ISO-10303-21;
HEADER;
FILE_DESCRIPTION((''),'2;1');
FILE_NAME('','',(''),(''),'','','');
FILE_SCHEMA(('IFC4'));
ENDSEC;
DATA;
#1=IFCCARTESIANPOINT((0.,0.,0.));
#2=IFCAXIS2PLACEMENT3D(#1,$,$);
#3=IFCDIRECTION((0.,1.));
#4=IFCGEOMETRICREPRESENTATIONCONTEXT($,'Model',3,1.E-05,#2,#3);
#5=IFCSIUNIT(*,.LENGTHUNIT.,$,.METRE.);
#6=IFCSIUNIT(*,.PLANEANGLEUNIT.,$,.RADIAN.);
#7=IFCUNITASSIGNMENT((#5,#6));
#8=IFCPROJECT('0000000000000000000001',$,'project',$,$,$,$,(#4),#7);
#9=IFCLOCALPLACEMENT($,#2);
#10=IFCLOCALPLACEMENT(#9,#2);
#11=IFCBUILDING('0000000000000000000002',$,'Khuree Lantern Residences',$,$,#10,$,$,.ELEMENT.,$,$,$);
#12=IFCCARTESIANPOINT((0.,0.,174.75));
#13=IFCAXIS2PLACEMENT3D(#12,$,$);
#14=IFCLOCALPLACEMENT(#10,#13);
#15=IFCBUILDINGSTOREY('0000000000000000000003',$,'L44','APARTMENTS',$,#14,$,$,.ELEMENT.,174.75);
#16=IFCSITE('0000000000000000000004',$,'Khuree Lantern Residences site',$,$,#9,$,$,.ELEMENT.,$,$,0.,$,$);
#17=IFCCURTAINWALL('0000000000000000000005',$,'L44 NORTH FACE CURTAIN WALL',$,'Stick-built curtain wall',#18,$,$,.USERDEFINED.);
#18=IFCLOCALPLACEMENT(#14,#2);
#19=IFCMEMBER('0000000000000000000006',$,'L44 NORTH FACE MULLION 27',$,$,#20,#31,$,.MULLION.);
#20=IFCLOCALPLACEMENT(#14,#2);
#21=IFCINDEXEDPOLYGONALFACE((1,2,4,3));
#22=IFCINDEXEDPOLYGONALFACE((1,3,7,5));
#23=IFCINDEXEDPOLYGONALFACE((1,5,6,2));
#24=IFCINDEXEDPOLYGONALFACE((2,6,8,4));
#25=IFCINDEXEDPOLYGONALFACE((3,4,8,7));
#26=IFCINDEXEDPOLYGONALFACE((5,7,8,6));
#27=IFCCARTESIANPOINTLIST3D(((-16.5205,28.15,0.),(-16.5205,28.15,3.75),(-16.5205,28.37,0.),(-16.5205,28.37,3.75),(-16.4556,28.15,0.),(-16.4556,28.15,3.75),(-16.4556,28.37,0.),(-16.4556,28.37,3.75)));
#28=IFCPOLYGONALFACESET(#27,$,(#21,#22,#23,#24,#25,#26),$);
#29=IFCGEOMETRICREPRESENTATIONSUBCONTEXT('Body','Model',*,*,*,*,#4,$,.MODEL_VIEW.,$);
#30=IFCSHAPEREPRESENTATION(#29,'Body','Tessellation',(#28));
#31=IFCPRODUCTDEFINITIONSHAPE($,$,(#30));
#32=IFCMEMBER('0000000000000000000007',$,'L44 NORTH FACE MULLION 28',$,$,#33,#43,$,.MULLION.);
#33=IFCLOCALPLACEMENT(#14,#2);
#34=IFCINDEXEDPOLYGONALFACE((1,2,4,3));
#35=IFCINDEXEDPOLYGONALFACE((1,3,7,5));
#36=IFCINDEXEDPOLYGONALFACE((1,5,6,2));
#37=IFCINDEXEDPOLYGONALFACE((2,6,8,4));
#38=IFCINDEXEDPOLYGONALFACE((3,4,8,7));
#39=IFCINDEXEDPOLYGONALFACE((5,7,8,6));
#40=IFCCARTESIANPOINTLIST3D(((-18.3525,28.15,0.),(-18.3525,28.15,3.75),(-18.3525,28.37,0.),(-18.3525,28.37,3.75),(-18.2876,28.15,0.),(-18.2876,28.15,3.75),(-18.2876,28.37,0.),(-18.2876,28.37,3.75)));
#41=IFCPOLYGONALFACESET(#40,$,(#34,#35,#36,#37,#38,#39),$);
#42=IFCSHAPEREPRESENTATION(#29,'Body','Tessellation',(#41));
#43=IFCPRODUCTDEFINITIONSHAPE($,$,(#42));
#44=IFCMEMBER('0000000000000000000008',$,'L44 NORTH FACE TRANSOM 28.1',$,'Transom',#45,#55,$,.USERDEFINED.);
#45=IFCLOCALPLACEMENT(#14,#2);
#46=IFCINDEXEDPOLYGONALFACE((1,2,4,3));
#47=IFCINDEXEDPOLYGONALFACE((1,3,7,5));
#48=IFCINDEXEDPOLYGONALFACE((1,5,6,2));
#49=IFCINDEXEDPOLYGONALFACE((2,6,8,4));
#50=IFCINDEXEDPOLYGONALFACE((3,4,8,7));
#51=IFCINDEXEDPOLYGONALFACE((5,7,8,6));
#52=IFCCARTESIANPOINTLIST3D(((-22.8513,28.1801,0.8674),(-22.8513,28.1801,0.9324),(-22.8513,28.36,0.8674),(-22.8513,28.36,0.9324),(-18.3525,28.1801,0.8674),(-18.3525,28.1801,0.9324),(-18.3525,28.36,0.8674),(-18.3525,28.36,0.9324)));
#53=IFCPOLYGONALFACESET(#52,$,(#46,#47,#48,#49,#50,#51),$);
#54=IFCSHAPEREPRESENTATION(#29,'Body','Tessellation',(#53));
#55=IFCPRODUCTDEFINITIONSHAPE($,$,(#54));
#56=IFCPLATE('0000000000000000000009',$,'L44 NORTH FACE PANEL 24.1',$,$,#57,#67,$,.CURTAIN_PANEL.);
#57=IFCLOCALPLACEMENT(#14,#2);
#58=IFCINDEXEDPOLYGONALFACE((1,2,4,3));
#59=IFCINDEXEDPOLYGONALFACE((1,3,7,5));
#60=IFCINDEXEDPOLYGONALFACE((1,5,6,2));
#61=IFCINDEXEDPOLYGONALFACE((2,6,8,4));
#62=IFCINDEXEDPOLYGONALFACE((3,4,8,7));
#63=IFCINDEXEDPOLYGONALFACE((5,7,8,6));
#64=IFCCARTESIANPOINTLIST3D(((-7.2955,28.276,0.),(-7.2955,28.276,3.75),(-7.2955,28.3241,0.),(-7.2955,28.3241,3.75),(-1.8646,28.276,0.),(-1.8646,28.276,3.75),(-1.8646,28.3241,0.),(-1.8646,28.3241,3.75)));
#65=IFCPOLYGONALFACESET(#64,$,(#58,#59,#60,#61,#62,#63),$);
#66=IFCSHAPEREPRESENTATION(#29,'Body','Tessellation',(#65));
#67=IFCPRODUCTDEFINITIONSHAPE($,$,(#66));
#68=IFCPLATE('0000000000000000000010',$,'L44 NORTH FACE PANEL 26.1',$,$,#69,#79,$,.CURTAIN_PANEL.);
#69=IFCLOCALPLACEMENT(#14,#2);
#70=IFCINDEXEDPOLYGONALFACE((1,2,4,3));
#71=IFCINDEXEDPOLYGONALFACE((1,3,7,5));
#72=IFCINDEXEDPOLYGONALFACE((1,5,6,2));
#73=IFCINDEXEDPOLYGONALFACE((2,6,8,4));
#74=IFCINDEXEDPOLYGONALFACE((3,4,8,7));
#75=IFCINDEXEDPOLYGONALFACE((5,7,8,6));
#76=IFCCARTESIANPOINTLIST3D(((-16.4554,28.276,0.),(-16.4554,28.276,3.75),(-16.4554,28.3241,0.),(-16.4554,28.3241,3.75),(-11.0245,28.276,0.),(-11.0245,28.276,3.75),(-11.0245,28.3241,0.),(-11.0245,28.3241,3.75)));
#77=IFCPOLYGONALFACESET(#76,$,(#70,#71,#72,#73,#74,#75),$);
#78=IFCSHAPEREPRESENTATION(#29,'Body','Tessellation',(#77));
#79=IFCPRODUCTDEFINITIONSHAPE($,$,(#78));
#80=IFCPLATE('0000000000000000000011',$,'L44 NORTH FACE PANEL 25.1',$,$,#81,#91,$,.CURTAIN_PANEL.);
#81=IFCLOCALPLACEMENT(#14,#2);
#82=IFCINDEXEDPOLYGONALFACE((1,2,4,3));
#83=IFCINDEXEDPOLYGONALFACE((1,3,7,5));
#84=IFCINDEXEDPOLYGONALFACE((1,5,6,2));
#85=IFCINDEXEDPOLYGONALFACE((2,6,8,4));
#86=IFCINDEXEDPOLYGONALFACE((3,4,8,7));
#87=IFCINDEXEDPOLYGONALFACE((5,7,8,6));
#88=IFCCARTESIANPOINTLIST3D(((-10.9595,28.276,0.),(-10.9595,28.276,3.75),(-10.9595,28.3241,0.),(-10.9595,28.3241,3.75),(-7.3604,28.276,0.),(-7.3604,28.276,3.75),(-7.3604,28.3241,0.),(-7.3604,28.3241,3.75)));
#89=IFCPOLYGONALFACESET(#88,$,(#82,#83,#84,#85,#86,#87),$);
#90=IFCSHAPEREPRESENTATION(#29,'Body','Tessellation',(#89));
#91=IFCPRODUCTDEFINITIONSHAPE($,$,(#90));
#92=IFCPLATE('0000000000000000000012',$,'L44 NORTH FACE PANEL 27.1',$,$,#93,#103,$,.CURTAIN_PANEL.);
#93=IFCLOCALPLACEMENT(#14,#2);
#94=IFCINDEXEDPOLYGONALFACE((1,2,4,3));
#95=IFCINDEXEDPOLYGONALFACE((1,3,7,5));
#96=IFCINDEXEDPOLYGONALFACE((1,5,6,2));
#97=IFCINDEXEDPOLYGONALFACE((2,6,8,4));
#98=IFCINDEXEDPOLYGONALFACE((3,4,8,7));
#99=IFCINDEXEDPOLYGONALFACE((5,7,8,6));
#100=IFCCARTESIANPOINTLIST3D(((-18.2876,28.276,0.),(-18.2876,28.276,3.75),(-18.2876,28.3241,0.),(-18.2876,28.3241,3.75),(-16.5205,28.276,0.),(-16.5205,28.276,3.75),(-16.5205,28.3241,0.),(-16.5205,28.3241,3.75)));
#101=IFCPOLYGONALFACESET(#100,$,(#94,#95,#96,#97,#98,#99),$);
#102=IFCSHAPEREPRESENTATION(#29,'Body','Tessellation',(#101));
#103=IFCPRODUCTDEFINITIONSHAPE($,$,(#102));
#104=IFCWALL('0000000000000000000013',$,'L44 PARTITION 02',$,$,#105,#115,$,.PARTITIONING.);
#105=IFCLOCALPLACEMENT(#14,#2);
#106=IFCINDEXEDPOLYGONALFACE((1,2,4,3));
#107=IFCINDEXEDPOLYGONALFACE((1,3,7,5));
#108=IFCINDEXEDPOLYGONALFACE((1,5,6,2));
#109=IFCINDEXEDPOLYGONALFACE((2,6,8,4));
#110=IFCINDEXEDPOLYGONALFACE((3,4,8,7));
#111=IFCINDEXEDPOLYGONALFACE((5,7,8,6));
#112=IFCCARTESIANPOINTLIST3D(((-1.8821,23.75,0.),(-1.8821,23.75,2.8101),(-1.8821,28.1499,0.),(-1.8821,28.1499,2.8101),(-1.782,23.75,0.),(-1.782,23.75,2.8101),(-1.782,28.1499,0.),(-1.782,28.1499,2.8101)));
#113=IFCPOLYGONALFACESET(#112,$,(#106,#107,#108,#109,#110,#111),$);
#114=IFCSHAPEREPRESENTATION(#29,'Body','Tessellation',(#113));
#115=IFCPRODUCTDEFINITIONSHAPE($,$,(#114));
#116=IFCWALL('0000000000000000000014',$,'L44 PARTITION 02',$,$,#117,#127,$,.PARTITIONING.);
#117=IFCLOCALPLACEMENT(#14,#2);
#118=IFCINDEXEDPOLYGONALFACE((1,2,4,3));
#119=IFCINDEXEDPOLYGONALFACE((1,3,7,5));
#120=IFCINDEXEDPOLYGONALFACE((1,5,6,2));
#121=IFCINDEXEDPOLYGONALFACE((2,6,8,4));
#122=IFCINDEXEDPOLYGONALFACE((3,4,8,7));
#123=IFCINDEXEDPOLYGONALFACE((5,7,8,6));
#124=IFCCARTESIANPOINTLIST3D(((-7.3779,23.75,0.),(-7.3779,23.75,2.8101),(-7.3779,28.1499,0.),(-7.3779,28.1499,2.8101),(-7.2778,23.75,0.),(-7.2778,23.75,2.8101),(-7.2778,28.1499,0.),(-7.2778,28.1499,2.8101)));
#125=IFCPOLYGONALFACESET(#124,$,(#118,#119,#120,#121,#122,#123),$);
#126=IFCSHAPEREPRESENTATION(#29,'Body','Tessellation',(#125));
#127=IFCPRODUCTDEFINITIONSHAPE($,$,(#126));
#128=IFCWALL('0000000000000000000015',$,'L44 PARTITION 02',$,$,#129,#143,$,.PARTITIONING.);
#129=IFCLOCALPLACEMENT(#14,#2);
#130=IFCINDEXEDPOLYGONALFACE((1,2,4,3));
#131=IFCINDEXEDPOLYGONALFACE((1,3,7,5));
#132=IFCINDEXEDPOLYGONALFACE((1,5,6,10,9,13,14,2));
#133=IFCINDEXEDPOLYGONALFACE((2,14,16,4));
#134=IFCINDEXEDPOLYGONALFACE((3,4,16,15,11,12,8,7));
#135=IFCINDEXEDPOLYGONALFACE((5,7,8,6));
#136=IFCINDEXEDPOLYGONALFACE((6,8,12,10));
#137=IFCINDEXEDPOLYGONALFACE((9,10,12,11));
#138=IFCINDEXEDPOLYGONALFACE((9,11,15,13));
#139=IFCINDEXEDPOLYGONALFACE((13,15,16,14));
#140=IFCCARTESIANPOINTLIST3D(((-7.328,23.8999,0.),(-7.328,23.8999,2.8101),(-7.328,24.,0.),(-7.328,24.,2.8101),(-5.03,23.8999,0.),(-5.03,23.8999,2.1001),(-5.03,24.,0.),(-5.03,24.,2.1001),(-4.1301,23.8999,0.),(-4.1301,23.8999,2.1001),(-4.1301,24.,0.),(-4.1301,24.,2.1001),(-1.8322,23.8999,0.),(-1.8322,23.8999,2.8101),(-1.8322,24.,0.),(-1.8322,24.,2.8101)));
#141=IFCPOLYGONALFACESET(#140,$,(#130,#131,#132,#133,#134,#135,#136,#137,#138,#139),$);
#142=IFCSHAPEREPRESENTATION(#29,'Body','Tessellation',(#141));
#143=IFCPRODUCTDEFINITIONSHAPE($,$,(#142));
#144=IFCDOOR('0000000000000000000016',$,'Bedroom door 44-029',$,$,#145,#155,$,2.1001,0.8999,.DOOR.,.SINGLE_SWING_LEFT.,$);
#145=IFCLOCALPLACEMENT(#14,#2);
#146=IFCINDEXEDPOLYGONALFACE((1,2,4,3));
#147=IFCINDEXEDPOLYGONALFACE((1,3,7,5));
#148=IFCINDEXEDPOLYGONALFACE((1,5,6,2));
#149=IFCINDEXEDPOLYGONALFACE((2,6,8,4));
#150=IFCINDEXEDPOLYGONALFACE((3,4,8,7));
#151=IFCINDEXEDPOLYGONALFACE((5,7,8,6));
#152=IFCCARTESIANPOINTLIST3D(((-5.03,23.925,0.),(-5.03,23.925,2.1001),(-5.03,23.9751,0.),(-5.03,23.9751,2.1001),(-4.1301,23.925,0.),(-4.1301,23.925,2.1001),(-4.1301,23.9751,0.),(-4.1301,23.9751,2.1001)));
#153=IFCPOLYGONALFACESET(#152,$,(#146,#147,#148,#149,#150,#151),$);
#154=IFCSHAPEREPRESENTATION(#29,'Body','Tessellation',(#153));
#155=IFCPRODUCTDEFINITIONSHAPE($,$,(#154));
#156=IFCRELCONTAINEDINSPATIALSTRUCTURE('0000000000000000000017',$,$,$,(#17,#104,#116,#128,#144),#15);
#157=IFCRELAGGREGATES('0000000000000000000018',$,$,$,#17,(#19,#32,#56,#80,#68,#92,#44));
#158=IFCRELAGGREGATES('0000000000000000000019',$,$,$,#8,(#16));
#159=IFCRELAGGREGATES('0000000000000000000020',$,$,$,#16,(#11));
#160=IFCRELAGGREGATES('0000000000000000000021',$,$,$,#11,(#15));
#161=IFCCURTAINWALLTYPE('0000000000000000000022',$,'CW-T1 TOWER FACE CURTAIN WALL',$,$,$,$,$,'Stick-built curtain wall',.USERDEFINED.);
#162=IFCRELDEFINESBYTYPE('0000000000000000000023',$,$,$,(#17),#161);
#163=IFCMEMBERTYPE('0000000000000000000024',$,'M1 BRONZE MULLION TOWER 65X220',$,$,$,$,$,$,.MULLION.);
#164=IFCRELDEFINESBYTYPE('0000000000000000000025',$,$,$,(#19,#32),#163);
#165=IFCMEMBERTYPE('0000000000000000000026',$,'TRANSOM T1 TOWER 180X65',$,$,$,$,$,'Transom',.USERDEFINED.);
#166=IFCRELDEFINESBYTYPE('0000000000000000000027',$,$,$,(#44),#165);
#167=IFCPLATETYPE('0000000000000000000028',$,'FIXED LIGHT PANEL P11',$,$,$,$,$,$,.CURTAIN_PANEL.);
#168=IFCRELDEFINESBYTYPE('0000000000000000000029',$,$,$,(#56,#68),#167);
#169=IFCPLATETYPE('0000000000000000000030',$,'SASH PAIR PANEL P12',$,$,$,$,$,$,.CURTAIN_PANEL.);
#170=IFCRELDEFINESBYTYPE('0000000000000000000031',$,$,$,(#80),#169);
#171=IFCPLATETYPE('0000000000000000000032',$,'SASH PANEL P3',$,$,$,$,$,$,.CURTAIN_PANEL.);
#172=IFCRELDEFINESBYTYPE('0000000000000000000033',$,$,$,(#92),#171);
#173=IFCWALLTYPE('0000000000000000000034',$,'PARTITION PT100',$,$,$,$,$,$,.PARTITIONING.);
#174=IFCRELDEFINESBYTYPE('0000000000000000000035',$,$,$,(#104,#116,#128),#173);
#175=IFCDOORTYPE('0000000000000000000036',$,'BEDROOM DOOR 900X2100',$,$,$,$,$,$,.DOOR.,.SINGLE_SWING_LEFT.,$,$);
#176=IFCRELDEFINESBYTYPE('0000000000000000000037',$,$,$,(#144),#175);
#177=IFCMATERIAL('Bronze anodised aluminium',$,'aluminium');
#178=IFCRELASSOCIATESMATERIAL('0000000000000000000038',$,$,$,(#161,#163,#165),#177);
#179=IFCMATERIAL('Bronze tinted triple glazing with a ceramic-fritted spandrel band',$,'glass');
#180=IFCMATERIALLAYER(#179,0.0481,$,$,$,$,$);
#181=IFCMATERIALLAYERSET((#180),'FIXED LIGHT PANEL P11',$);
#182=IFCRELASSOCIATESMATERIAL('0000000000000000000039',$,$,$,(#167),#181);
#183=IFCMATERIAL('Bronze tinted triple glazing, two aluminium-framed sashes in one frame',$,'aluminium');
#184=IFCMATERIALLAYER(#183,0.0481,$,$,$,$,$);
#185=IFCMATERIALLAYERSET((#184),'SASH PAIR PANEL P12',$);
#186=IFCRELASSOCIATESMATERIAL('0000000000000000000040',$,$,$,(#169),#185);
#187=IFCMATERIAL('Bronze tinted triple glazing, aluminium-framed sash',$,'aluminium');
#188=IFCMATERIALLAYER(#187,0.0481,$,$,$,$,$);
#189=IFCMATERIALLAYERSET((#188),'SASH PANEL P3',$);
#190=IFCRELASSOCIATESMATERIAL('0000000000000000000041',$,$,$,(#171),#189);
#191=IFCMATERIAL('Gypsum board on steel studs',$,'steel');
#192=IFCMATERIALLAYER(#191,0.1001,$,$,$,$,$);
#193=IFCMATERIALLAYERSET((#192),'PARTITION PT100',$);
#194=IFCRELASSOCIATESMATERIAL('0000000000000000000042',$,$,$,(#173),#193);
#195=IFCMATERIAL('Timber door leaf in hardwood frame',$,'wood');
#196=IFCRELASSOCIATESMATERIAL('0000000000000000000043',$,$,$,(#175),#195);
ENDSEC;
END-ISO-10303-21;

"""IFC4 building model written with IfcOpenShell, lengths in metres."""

from ifc_helpers import new_model, si_unit, direction, frame, frame_2d, origin, origin_2d, place, context, subcontext, project, spatial, rectangle, extrude, material, layer, layer_set, material_profile, profile_set, type_object, element, fill, aggregate, save


model = new_model("IFC4")

# Units and contexts
model_context = context("Model", 3, precision=1e-05, world=origin(), true_north=direction((0.0, 1.0)))
body_context = subcontext(model_context, "Body", "Model", "MODEL_VIEW")
ifc_project = project(units=[si_unit("LENGTHUNIT", "METRE"), si_unit("PLANEANGLEUNIT", "RADIAN")], contexts=[model_context])

# Site, building, storey
site_placement = place(None, origin())
site = spatial("IfcSite", under=ifc_project, at=site_placement, Name="Khuree Lantern Residences site", CompositionType="ELEMENT", RefElevation=0.0)
building_placement = place(site_placement, origin())
building = spatial("IfcBuilding", under=site, at=building_placement, Name="Khuree Lantern Residences", CompositionType="ELEMENT")
storey_placement = place(building_placement, frame((0.0, 0.0, 174.75)))
storey = spatial("IfcBuildingStorey", under=building, at=storey_placement, Name="L44", Description="APARTMENTS", CompositionType="ELEMENT", Elevation=174.75)

# Curtain wall
ifc_material_1 = material(Name="Bronze anodised aluminium", Category="aluminium")
curtain_wall_type = type_object("IfcCurtainWallType", Name="CW-T1 TOWER FACE CURTAIN WALL", ElementType="Stick-built curtain wall", PredefinedType="USERDEFINED", material=ifc_material_1)
curtain_wall_placement = place(storey_placement, origin())
curtain_wall = element("IfcCurtainWall", 1, at=curtain_wall_placement, inside=storey, type_object=curtain_wall_type, Name="L44 NORTH FACE CURTAIN WALL", ObjectType="Stick-built curtain wall", PredefinedType="USERDEFINED")

# Members
ifc_material_profile_1 = material_profile(ifc_material_1, rectangle(XDim=0.0649, YDim=0.22, at=origin_2d()), Name="M1 65X220")
ifc_profile_set_1 = profile_set([ifc_material_profile_1], Name="Bronze anodised aluminium")
member_type_1 = type_object("IfcMemberType", Name="M1 BRONZE MULLION TOWER 65X220", PredefinedType="MULLION", material=ifc_profile_set_1)
member_1_placement = place(storey_placement, frame((-16.488, 28.26, 0.0), z_axis=(0.0, 0.0, 1.0), x_axis=(-1.0, 0.0, 0.0)))
member_1 = element("IfcMember", 2, at=member_1_placement, type_object=member_type_1, Name="L44 NORTH FACE MULLION 27", PredefinedType="MULLION", context=body_context, shape_type="SweptSolid", body=[
    extrude(rectangle(XDim=0.0649, YDim=0.22, at=origin_2d()), origin(), (0.0, 0.0, 1.0), 3.75),
])
member_2_placement = place(storey_placement, frame((-18.3201, 28.26, 0.0), z_axis=(0.0, 0.0, 1.0), x_axis=(-1.0, 0.0, 0.0)))
member_2 = element("IfcMember", 3, at=member_2_placement, type_object=member_type_1, Name="L44 NORTH FACE MULLION 28", PredefinedType="MULLION", context=body_context, shape_type="SweptSolid", body=[
    extrude(rectangle(XDim=0.0649, YDim=0.22, at=origin_2d()), origin(), (0.0, 0.0, 1.0), 3.75),
])
ifc_material_profile_2 = material_profile(ifc_material_1, rectangle(XDim=0.1799, YDim=0.0649, at=origin_2d()), Name="T1 180X65")
ifc_profile_set_2 = profile_set([ifc_material_profile_2], Name="Bronze anodised aluminium")
member_type_2 = type_object("IfcMemberType", Name="TRANSOM T1 TOWER 180X65", ElementType="Transom", PredefinedType="USERDEFINED", material=ifc_profile_set_2)
member_3_placement = place(storey_placement, frame((-18.3525, 28.27, 0.8999), z_axis=(-1.0, 0.0, 0.0), x_axis=(0.0, -1.0, 0.0)))
member_3 = element("IfcMember", 4, at=member_3_placement, type_object=member_type_2, Name="L44 NORTH FACE TRANSOM 28.1", ObjectType="Transom", PredefinedType="USERDEFINED", context=body_context, shape_type="SweptSolid", body=[
    extrude(rectangle(XDim=0.1799, YDim=0.0649, at=origin_2d()), origin(), (0.0, 0.0, 1.0), 4.4988),
])

# Plates
ifc_material_2 = material(Name="Bronze tinted triple glazing with a ceramic-fritted spandrel band", Category="glass")
ifc_layer_1 = layer(ifc_material_2, 0.0481)
ifc_layer_set_1 = layer_set([ifc_layer_1], Name="FIXED LIGHT PANEL P11")
plate_type_1 = type_object("IfcPlateType", Name="FIXED LIGHT PANEL P11", PredefinedType="CURTAIN_PANEL", material=ifc_layer_set_1)
plate_1_placement = place(storey_placement, frame((-4.5801, 28.3, 0.0), z_axis=(0.0, 0.0, 1.0), x_axis=(-1.0, 0.0, 0.0)))
plate_1 = element("IfcPlate", 5, at=plate_1_placement, type_object=plate_type_1, Name="L44 NORTH FACE PANEL 24.1", PredefinedType="CURTAIN_PANEL", context=body_context, shape_type="SweptSolid", body=[
    extrude(rectangle(XDim=5.4309, YDim=0.0481, at=origin_2d()), origin(), (0.0, 0.0, 1.0), 3.75),
])
plate_2_placement = place(storey_placement, frame((-13.74, 28.3, 0.0), z_axis=(0.0, 0.0, 1.0), x_axis=(-1.0, 0.0, 0.0)))
plate_2 = element("IfcPlate", 6, at=plate_2_placement, type_object=plate_type_1, Name="L44 NORTH FACE PANEL 26.1", PredefinedType="CURTAIN_PANEL", context=body_context, shape_type="SweptSolid", body=[
    extrude(rectangle(XDim=5.4309, YDim=0.0481, at=origin_2d()), origin(), (0.0, 0.0, 1.0), 3.75),
])
ifc_material_3 = material(Name="Bronze tinted triple glazing, two aluminium-framed sashes in one frame", Category="aluminium")
ifc_layer_2 = layer(ifc_material_3, 0.0481)
ifc_layer_set_2 = layer_set([ifc_layer_2], Name="SASH PAIR PANEL P12")
plate_type_2 = type_object("IfcPlateType", Name="SASH PAIR PANEL P12", PredefinedType="CURTAIN_PANEL", material=ifc_layer_set_2)
plate_3_placement = place(storey_placement, frame((-9.1599, 28.3, 0.0), z_axis=(0.0, 0.0, 1.0), x_axis=(-1.0, 0.0, 0.0)))
plate_3 = element("IfcPlate", 7, at=plate_3_placement, type_object=plate_type_2, Name="L44 NORTH FACE PANEL 25.1", PredefinedType="CURTAIN_PANEL", context=body_context, shape_type="SweptSolid", body=[
    extrude(rectangle(XDim=3.5991, YDim=0.0481, at=origin_2d()), origin(), (0.0, 0.0, 1.0), 3.75),
])
ifc_material_4 = material(Name="Bronze tinted triple glazing, aluminium-framed sash", Category="aluminium")
ifc_layer_3 = layer(ifc_material_4, 0.0481)
ifc_layer_set_3 = layer_set([ifc_layer_3], Name="SASH PANEL P3")
plate_type_3 = type_object("IfcPlateType", Name="SASH PANEL P3", PredefinedType="CURTAIN_PANEL", material=ifc_layer_set_3)
plate_4_placement = place(storey_placement, frame((-17.4041, 28.3, 0.0), z_axis=(0.0, 0.0, 1.0), x_axis=(-1.0, 0.0, 0.0)))
plate_4 = element("IfcPlate", 8, at=plate_4_placement, type_object=plate_type_3, Name="L44 NORTH FACE PANEL 27.1", PredefinedType="CURTAIN_PANEL", context=body_context, shape_type="SweptSolid", body=[
    extrude(rectangle(XDim=1.7671, YDim=0.0481, at=origin_2d()), origin(), (0.0, 0.0, 1.0), 3.75),
])
aggregate(curtain_wall, [member_1, member_2, plate_1, plate_3, plate_2, plate_4, member_3])

# Walls
ifc_material_5 = material(Name="Gypsum board on steel studs", Category="steel")
ifc_layer_4 = layer(ifc_material_5, 0.1001)
ifc_layer_set_4 = layer_set([ifc_layer_4], Name="PARTITION PT100")
wall_type = type_object("IfcWallType", Name="PARTITION PT100", PredefinedType="PARTITIONING", material=ifc_layer_set_4)
for number, where, z_axis, x_axis, name in (
    (9, (-1.832, 23.75, 0.0), (0.0, 0.0, 1.0), (0.0, 1.0, 0.0), "L44 PARTITION 02"),
    (10, (-7.3279, 23.75, 0.0), (0.0, 0.0, 1.0), (0.0, 1.0, 0.0), "L44 PARTITION 02"),
):
    element("IfcWall", number, at=place(storey_placement, frame(where, z_axis=z_axis, x_axis=x_axis)), inside=storey, type_object=wall_type, Name=name, PredefinedType="PARTITIONING", context=body_context, shape_type="SweptSolid", body=[
        extrude(rectangle(XDim=4.3999, YDim=0.1001, at=frame_2d((2.2, 0.0))), origin(), (0.0, 0.0, 1.0), 2.8101),
    ])

# Wall, opening, door
wall_1_placement = place(storey_placement, frame((-1.832, 23.95, 0.0), z_axis=(0.0, 0.0, 1.0), x_axis=(-1.0, 0.0, 0.0)))
wall_1 = element("IfcWall", 11, at=wall_1_placement, inside=storey, type_object=wall_type, Name="L44 PARTITION 02", PredefinedType="PARTITIONING", context=body_context, shape_type="SweptSolid", body=[
    extrude(rectangle(XDim=5.4958, YDim=0.1001, at=frame_2d((2.748, 0.0))), origin(), (0.0, 0.0, 1.0), 2.8101),
])
opening_1_placement = place(wall_1_placement, frame((2.2981, 0.0, 0.0)))
opening_1 = element("IfcOpeningElement", 12, at=opening_1_placement, cuts=wall_1, PredefinedType="OPENING", context=body_context, shape_type="SweptSolid", body=[
    extrude(rectangle(XDim=0.8999, YDim=2.1001, at=frame_2d((0.45, 1.05))), frame((0.0, 0.0601, 0.0), z_axis=(0.0, -1.0, 0.0), x_axis=(1.0, 0.0, 0.0)), (0.0, 0.0, 1.0), 0.1201),
])
ifc_material_6 = material(Name="Timber door leaf in hardwood frame", Category="wood")
door_type = type_object("IfcDoorType", Name="BEDROOM DOOR 900X2100", OperationType="SINGLE_SWING_LEFT", PredefinedType="DOOR", material=ifc_material_6)
door_1_placement = place(opening_1_placement, origin())
door_1 = element("IfcDoor", 13, at=door_1_placement, inside=storey, type_object=door_type, Name="Bedroom door 44-029", OperationType="SINGLE_SWING_LEFT", OverallHeight=2.1001, OverallWidth=0.8999, PredefinedType="DOOR", context=body_context, shape_type="SweptSolid", body=[
    extrude(rectangle(XDim=0.8999, YDim=2.1001, at=frame_2d((0.45, 1.05))), frame((0.0, 0.0249, 0.0), z_axis=(0.0, -1.0, 0.0), x_axis=(1.0, 0.0, 0.0)), (0.0, 0.0, 1.0), 0.05),
])
fill(opening_1, door_1)

save(model, "model.ifc")
